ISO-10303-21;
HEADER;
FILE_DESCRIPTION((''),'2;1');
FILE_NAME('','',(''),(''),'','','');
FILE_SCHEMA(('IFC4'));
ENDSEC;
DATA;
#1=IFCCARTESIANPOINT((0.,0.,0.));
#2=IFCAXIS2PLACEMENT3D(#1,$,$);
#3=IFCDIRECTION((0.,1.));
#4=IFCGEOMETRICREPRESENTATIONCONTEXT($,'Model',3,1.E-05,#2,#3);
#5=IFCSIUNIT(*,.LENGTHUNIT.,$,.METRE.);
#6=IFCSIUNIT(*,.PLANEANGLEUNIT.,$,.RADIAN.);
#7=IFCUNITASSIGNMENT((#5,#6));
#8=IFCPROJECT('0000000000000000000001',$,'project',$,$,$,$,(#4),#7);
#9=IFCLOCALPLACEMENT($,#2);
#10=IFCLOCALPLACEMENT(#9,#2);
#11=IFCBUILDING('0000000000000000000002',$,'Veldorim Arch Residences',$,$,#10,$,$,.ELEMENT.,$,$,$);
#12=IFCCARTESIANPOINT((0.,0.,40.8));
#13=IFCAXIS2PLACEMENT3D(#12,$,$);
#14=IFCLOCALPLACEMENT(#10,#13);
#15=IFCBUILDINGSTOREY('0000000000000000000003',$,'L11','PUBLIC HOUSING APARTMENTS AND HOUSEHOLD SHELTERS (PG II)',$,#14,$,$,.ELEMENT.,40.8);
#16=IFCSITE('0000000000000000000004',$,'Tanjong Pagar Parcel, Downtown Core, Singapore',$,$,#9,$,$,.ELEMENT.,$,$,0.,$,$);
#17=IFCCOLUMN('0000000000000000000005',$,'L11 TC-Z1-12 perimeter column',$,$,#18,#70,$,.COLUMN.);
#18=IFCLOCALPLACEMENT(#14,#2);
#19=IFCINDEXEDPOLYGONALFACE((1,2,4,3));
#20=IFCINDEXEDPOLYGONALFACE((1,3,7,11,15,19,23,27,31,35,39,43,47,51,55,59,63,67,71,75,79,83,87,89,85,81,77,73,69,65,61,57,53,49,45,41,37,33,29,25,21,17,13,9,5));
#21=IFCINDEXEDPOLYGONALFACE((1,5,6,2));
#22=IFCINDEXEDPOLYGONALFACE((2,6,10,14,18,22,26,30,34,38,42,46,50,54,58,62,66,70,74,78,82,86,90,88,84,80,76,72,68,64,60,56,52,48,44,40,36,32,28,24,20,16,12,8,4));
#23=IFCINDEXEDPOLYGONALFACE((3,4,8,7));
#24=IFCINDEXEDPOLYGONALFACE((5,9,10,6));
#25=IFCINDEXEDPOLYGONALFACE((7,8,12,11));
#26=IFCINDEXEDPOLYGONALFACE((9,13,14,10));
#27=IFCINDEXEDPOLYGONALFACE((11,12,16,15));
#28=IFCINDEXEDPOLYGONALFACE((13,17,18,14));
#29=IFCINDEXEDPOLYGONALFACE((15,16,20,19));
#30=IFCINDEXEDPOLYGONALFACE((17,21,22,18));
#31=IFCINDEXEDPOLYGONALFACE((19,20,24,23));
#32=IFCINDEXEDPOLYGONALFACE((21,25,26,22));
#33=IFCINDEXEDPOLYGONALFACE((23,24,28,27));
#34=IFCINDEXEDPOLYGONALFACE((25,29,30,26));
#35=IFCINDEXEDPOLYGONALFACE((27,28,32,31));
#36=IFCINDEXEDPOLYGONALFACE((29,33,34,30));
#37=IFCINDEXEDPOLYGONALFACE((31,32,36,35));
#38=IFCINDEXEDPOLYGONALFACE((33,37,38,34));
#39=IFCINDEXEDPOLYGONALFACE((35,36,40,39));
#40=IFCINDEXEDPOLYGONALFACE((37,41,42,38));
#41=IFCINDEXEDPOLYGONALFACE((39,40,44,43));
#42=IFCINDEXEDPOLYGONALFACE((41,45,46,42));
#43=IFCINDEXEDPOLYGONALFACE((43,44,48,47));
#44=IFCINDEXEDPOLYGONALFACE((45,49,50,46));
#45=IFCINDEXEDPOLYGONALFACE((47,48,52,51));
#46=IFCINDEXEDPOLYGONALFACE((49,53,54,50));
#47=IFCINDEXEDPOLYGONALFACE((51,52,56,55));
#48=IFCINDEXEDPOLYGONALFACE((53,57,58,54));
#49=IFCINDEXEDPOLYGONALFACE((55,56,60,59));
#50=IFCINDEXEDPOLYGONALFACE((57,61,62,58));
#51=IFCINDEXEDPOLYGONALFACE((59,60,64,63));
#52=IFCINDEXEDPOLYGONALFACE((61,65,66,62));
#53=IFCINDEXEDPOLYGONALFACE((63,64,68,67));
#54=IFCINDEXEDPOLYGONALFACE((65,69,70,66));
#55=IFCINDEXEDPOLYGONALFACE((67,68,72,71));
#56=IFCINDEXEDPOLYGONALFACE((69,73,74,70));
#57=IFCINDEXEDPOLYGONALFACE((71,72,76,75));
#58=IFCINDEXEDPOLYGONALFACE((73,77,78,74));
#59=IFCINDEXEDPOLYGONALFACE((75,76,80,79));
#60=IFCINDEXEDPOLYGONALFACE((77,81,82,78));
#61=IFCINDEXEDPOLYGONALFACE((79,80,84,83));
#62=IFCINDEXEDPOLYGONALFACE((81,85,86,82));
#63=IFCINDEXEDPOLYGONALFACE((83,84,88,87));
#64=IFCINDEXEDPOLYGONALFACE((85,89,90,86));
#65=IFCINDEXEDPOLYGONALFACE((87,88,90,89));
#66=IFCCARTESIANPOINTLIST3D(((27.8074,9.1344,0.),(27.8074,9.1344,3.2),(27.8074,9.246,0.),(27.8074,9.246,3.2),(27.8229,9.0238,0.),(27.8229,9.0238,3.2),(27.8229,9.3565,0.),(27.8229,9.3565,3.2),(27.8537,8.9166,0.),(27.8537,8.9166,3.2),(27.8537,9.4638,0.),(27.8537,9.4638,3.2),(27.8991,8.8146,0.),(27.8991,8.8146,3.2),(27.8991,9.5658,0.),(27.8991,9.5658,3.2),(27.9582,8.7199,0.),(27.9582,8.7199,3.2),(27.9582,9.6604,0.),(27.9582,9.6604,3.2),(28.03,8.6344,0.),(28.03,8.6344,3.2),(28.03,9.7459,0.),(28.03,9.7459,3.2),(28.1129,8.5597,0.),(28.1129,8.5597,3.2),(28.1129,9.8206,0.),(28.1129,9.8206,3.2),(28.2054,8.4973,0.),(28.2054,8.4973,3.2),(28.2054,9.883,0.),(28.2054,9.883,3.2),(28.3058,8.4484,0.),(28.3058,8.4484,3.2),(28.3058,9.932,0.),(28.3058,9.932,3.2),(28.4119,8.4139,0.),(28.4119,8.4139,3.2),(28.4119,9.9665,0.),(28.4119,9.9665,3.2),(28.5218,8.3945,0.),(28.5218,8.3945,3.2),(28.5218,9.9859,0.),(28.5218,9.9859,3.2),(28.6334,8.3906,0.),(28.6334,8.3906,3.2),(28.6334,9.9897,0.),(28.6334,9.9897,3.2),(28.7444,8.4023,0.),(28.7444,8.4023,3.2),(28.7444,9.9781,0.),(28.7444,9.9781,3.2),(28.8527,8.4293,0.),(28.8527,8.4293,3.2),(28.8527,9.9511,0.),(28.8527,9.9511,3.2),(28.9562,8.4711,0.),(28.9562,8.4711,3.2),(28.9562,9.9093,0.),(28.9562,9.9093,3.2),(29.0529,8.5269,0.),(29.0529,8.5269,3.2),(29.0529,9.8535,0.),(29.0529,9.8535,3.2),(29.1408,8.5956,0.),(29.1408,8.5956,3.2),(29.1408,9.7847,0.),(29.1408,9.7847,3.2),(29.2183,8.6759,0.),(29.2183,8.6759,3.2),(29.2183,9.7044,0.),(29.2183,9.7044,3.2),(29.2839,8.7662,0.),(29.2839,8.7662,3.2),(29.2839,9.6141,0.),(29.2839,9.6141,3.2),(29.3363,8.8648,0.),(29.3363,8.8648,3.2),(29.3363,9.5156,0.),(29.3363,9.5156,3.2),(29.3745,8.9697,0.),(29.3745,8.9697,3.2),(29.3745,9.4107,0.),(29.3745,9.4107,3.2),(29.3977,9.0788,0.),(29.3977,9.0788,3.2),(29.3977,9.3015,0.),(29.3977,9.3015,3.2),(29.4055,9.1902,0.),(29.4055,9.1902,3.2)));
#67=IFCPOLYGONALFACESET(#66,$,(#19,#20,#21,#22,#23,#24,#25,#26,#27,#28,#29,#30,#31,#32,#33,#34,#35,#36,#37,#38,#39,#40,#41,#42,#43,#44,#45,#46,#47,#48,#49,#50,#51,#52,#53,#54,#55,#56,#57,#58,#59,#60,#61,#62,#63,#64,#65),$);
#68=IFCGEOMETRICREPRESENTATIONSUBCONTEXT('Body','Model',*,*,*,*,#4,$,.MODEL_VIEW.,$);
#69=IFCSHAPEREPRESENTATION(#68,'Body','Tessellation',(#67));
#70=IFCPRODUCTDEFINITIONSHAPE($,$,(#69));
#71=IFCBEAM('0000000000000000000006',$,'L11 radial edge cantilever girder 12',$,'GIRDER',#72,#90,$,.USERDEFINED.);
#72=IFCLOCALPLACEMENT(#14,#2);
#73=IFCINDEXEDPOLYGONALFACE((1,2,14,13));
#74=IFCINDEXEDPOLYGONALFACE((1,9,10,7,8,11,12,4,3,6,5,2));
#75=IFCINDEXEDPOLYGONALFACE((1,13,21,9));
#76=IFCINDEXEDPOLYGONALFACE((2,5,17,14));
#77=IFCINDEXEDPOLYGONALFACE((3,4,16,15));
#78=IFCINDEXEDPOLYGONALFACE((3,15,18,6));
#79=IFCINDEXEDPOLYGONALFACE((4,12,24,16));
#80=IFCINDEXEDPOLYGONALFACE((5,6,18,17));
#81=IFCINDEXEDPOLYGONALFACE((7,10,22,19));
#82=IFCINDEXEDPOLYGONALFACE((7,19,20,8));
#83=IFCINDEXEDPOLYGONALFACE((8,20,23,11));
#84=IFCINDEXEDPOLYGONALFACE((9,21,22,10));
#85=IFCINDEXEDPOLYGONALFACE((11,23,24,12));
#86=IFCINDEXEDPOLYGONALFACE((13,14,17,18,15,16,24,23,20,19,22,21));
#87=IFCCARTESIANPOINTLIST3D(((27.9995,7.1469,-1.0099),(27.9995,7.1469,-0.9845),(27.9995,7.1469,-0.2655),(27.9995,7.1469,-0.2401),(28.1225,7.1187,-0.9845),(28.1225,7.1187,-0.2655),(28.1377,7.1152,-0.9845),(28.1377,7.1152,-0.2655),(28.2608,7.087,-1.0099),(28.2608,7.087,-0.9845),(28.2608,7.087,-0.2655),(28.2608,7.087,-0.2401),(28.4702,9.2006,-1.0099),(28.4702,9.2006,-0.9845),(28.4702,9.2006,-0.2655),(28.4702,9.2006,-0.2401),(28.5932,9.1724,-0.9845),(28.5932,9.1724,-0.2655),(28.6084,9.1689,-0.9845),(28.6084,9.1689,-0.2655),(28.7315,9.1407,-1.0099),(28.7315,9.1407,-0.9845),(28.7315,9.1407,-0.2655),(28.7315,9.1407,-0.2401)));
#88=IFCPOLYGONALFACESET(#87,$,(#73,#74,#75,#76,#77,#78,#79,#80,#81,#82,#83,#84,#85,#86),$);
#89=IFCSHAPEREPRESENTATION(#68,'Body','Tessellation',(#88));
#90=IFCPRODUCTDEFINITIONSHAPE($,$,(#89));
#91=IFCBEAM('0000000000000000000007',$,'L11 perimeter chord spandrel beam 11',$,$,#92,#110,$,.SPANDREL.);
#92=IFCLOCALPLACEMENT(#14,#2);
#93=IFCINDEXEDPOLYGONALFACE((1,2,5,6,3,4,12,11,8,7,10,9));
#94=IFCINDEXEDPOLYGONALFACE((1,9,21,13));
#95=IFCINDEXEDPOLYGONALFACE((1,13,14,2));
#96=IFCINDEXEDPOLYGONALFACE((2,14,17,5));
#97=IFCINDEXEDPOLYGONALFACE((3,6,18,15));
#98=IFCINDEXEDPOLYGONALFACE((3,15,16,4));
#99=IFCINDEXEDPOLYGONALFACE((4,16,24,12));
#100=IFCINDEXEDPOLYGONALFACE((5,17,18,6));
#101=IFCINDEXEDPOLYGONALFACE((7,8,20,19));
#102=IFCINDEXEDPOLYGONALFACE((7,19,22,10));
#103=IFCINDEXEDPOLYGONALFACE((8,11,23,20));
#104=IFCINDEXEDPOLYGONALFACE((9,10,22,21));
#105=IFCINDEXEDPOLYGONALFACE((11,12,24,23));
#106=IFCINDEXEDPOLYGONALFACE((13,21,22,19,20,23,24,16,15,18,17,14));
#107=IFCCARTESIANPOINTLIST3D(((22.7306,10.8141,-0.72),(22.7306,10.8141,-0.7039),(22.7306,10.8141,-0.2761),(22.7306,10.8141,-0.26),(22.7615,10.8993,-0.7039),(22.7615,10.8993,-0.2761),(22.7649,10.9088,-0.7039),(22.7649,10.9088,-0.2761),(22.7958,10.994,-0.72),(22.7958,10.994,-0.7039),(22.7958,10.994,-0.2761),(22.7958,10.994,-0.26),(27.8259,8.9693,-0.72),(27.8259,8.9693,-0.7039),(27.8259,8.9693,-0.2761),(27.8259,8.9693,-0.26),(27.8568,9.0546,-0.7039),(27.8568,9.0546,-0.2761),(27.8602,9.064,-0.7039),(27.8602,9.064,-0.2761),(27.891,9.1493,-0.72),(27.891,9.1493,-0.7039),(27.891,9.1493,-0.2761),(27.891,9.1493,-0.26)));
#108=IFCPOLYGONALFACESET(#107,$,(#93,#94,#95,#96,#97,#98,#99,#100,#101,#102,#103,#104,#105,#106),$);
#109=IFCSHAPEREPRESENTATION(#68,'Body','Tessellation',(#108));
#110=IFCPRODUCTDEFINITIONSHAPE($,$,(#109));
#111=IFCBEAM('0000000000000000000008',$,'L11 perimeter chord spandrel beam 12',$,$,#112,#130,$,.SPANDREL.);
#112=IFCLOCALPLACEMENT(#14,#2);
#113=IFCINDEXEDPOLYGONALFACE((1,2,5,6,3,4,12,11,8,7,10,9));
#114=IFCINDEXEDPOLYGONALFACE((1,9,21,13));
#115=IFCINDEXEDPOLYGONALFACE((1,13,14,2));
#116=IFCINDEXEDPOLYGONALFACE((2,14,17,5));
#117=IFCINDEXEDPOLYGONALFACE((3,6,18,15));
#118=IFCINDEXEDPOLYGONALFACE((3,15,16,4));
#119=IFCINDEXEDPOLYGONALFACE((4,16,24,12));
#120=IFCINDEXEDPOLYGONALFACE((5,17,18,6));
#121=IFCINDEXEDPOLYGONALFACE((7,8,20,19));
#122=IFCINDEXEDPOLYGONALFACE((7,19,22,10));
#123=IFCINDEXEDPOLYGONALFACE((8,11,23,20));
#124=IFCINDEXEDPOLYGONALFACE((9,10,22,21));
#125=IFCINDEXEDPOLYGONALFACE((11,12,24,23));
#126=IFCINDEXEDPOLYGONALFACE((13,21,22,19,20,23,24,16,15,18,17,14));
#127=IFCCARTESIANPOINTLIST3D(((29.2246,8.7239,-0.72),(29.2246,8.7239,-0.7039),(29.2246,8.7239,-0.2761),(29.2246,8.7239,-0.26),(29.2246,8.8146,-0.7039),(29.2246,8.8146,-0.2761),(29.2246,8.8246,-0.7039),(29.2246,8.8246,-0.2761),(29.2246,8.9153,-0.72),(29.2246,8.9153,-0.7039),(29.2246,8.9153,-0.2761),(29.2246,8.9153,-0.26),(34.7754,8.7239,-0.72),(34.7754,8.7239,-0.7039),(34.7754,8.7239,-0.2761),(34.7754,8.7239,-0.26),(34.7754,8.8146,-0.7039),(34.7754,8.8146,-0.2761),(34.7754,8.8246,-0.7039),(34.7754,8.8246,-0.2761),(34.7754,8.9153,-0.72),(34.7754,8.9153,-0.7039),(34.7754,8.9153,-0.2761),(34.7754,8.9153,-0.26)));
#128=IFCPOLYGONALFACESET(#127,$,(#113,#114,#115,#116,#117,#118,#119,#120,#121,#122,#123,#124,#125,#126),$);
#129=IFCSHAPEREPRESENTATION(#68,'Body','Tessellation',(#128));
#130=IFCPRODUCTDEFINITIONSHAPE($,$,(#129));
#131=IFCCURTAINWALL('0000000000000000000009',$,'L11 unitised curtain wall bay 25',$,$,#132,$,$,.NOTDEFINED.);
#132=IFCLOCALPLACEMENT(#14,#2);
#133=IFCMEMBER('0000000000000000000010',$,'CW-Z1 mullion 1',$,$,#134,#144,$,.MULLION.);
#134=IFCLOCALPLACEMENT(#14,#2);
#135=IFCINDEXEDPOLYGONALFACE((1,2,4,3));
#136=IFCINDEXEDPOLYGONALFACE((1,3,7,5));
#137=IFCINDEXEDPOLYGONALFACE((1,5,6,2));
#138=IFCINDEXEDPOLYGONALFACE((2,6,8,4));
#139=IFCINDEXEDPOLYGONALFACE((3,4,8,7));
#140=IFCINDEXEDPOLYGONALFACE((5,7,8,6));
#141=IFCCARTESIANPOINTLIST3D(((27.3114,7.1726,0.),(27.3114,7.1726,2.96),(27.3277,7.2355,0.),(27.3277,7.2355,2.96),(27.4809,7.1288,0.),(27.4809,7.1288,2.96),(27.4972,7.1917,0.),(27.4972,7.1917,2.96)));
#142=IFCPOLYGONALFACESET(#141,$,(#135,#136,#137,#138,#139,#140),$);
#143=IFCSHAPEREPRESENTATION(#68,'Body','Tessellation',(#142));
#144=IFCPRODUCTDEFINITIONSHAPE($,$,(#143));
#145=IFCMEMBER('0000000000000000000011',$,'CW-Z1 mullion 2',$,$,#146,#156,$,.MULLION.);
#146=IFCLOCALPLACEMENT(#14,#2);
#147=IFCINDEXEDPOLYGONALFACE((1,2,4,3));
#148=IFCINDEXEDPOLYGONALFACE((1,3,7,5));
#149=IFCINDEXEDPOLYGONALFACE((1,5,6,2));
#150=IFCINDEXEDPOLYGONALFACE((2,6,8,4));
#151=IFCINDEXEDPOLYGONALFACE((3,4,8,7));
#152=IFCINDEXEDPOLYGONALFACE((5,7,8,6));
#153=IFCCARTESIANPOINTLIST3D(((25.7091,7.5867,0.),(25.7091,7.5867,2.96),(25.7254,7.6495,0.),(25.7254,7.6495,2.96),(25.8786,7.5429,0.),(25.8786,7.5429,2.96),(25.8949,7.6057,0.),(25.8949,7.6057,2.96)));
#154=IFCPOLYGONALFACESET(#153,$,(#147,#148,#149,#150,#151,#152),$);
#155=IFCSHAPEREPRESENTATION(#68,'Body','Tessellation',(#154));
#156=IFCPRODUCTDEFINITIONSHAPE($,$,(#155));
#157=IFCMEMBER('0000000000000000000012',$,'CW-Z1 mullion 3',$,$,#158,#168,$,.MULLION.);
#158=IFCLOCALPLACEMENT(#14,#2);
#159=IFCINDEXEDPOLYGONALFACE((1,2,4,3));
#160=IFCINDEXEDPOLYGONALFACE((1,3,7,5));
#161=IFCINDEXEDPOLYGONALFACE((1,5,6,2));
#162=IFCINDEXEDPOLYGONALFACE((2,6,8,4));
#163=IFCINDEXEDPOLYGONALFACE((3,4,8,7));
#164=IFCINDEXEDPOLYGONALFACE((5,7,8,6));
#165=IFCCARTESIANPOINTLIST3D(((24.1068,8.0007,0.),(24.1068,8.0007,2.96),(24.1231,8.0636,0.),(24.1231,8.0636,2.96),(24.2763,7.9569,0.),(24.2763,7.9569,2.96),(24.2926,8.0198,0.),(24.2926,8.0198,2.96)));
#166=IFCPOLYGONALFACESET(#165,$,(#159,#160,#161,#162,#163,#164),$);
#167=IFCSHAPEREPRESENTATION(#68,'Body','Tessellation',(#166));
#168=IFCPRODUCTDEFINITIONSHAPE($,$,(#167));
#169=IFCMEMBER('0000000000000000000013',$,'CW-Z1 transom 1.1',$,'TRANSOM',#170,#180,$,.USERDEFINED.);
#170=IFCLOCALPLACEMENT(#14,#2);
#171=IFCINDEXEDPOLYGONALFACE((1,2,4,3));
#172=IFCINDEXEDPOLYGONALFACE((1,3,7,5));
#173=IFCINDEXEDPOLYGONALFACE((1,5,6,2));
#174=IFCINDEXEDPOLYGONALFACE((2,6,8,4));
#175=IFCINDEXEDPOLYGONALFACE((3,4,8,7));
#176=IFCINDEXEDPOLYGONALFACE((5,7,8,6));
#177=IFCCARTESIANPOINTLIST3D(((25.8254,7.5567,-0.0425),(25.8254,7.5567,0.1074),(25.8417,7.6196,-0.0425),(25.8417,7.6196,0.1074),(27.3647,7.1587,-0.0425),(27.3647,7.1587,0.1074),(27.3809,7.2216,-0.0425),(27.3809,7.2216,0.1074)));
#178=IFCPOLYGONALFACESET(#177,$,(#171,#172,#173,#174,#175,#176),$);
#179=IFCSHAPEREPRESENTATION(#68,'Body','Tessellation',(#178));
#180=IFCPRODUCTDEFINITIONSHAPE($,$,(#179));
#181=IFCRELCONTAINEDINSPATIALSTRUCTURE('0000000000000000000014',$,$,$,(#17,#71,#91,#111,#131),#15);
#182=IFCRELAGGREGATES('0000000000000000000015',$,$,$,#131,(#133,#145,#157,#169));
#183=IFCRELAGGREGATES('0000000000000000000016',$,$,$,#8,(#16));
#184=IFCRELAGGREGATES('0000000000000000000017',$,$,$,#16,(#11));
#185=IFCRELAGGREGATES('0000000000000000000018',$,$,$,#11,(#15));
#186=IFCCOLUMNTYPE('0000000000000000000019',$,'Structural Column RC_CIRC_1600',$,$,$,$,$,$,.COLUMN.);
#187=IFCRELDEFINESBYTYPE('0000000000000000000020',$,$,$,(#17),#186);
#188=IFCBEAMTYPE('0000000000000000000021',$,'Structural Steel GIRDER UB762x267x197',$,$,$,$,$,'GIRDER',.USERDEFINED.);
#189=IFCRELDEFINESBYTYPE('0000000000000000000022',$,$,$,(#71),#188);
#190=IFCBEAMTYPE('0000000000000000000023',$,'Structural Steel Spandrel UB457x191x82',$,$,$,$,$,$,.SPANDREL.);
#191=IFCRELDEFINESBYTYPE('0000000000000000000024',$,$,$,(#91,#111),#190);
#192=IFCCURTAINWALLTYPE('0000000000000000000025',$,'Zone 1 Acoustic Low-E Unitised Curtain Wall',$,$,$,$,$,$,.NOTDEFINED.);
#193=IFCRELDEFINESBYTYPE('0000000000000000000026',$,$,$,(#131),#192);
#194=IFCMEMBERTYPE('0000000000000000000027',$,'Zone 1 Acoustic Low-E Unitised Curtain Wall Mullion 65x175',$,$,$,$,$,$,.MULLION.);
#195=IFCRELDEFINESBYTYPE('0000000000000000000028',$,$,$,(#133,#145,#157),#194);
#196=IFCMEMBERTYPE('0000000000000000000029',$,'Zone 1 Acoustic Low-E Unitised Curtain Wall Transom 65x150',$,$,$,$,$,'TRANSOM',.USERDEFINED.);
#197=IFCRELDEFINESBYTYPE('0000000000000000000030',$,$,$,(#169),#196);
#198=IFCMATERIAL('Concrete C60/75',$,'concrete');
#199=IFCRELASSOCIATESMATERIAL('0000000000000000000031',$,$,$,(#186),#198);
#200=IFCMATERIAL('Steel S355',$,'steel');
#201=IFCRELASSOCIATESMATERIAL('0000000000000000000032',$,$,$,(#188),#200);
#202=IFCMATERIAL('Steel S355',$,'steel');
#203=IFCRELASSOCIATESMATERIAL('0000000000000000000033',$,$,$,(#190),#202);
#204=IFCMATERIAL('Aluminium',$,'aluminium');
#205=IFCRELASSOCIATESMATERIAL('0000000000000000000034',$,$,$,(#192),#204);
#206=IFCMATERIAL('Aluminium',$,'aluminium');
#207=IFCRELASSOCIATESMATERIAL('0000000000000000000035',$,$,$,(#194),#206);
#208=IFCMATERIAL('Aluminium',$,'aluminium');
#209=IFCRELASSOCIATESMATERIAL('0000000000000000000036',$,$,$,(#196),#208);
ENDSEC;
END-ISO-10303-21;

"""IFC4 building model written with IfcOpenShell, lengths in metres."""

from ifc_helpers import new_model, si_unit, direction, frame, origin, origin_2d, place, context, subcontext, project, spatial, rectangle, circle, i_section, extrude, material, material_profile, profile_set, type_object, element, aggregate, save


model = new_model("IFC4")

# Units and contexts
model_context = context("Model", 3, precision=1e-05, world=origin(), true_north=direction((0.0, 1.0)))
body_context = subcontext(model_context, "Body", "Model", "MODEL_VIEW")
ifc_project = project(units=[si_unit("LENGTHUNIT", "METRE"), si_unit("PLANEANGLEUNIT", "RADIAN")], contexts=[model_context])

# Site, building, storey
site_placement = place(None, origin())
site = spatial("IfcSite", under=ifc_project, at=site_placement, Name="Tanjong Pagar Parcel, Downtown Core, Singapore", CompositionType="ELEMENT", RefElevation=0.0)
building_placement = place(site_placement, origin())
building = spatial("IfcBuilding", under=site, at=building_placement, Name="Veldorim Arch Residences", CompositionType="ELEMENT")
storey_placement = place(building_placement, frame((0.0, 0.0, 40.8)))
storey = spatial("IfcBuildingStorey", under=building, at=storey_placement, Name="L11", Description="PUBLIC HOUSING APARTMENTS AND HOUSEHOLD SHELTERS (PG II)", CompositionType="ELEMENT", Elevation=40.8)

# Column
ifc_material_1 = material(Name="Concrete C60/75", Category="concrete")
ifc_material_profile_1 = material_profile(ifc_material_1, circle(Radius=0.8, at=origin_2d()), Name="RC_CIRC_1600")
ifc_profile_set_1 = profile_set([ifc_material_profile_1], Name="Concrete C60/75")
column_type = type_object("IfcColumnType", Name="Structural Column RC_CIRC_1600", PredefinedType="COLUMN", material=ifc_profile_set_1)
column_placement = place(storey_placement, frame((28.6055, 9.1902, 0.0), z_axis=(0.0, 0.0, 1.0), x_axis=(1.0, 0.0, 0.0)))
element("IfcColumn", 1, at=column_placement, inside=storey, type_object=column_type, Name="L11 TC-Z1-12 perimeter column", PredefinedType="COLUMN", context=body_context, shape_type="SweptSolid", body=[
    extrude(circle(Radius=0.8, at=origin_2d()), origin(), (0.0, 0.0, 1.0), 3.2),
])

# Beams
ifc_material_2 = material(Name="Steel S355", Category="steel")
ifc_material_profile_2 = material_profile(ifc_material_2, i_section(OverallWidth=0.2681, OverallDepth=0.7698, WebThickness=0.0156, FlangeThickness=0.0254, at=origin_2d()), Name="UB762x267x197")
ifc_profile_set_2 = profile_set([ifc_material_profile_2], Name="Steel S355")
beam_type_1 = type_object("IfcBeamType", Name="Structural Steel GIRDER UB762x267x197", ElementType="GIRDER", PredefinedType="USERDEFINED", material=ifc_profile_set_2)
beam_1_placement = place(storey_placement, frame((28.6008, 9.1707, -0.625), z_axis=(-0.223404, -0.974726, 0.0), x_axis=(0.974726, -0.223404, 0.0)))
element("IfcBeam", 2, at=beam_1_placement, inside=storey, type_object=beam_type_1, Name="L11 radial edge cantilever girder 12", ObjectType="GIRDER", PredefinedType="USERDEFINED", context=body_context, shape_type="SweptSolid", body=[
    extrude(i_section(OverallWidth=0.2681, OverallDepth=0.7698, WebThickness=0.0156, FlangeThickness=0.0254, at=origin_2d()), origin(), (0.0, 0.0, 1.0), 2.1069),
])
ifc_material_3 = material(Name="Steel S355", Category="steel")
ifc_material_profile_3 = material_profile(ifc_material_3, i_section(OverallWidth=0.1914, OverallDepth=0.46, WebThickness=0.01, FlangeThickness=0.0161, at=origin_2d()), Name="UB457x191x82")
ifc_profile_set_3 = profile_set([ifc_material_profile_3], Name="Steel S355")
beam_type_2 = type_object("IfcBeamType", Name="Structural Steel Spandrel UB457x191x82", PredefinedType="SPANDREL", material=ifc_profile_set_3)
beam_2_placement = place(storey_placement, frame((22.7632, 10.9041, -0.49), z_axis=(0.940271, -0.340426, 0.0), x_axis=(0.340426, 0.940271, 0.0)))
element("IfcBeam", 3, at=beam_2_placement, inside=storey, type_object=beam_type_2, Name="L11 perimeter chord spandrel beam 11", PredefinedType="SPANDREL", context=body_context, shape_type="SweptSolid", body=[
    extrude(i_section(OverallWidth=0.1914, OverallDepth=0.46, WebThickness=0.01, FlangeThickness=0.0161, at=origin_2d()), origin(), (0.0, 0.0, 1.0), 5.4189),
])
beam_3_placement = place(storey_placement, frame((29.2246, 8.8196, -0.49), z_axis=(1.0, 0.0, 0.0), x_axis=(0.0, 1.0, 0.0)))
element("IfcBeam", 4, at=beam_3_placement, inside=storey, type_object=beam_type_2, Name="L11 perimeter chord spandrel beam 12", PredefinedType="SPANDREL", context=body_context, shape_type="SweptSolid", body=[
    extrude(i_section(OverallWidth=0.1914, OverallDepth=0.46, WebThickness=0.01, FlangeThickness=0.0161, at=origin_2d()), origin(), (0.0, 0.0, 1.0), 5.5508),
])

# Curtain wall, members
ifc_material_4 = material(Name="Aluminium", Category="aluminium")
curtain_wall_type = type_object("IfcCurtainWallType", Name="Zone 1 Acoustic Low-E Unitised Curtain Wall", PredefinedType="NOTDEFINED", material=ifc_material_4)
curtain_wall_placement = place(storey_placement, origin())
curtain_wall = element("IfcCurtainWall", 5, at=curtain_wall_placement, inside=storey, type_object=curtain_wall_type, Name="L11 unitised curtain wall bay 25", PredefinedType="NOTDEFINED")
ifc_material_5 = material(Name="Aluminium", Category="aluminium")
ifc_material_profile_4 = material_profile(ifc_material_5, rectangle(XDim=0.0649, YDim=0.175, at=origin_2d()), Name="ALU_MUL_65x175")
ifc_profile_set_4 = profile_set([ifc_material_profile_4], Name="Aluminium")
member_type_1 = type_object("IfcMemberType", Name="Zone 1 Acoustic Low-E Unitised Curtain Wall Mullion 65x175", PredefinedType="MULLION", material=ifc_profile_set_4)
member_1_placement = place(storey_placement, frame((27.4043, 7.1821, 0.0), z_axis=(0.0, 0.0, 1.0), x_axis=(-0.25026, -0.968179, 0.0)))
member_1 = element("IfcMember", 6, at=member_1_placement, type_object=member_type_1, Name="CW-Z1 mullion 1", PredefinedType="MULLION", context=body_context, shape_type="SweptSolid", body=[
    extrude(rectangle(XDim=0.0649, YDim=0.175, at=origin_2d()), origin(), (0.0, 0.0, 1.0), 2.96),
])
member_2_placement = place(storey_placement, frame((25.802, 7.5962, 0.0), z_axis=(0.0, 0.0, 1.0), x_axis=(-0.25026, -0.968179, 0.0)))
member_2 = element("IfcMember", 7, at=member_2_placement, type_object=member_type_1, Name="CW-Z1 mullion 2", PredefinedType="MULLION", context=body_context, shape_type="SweptSolid", body=[
    extrude(rectangle(XDim=0.0649, YDim=0.175, at=origin_2d()), origin(), (0.0, 0.0, 1.0), 2.96),
])
member_3_placement = place(storey_placement, frame((24.1997, 8.0103, 0.0), z_axis=(0.0, 0.0, 1.0), x_axis=(-0.25026, -0.968179, 0.0)))
member_3 = element("IfcMember", 8, at=member_3_placement, type_object=member_type_1, Name="CW-Z1 mullion 3", PredefinedType="MULLION", context=body_context, shape_type="SweptSolid", body=[
    extrude(rectangle(XDim=0.0649, YDim=0.175, at=origin_2d()), origin(), (0.0, 0.0, 1.0), 2.96),
])
ifc_material_6 = material(Name="Aluminium", Category="aluminium")
ifc_material_profile_5 = material_profile(ifc_material_6, rectangle(XDim=0.0649, YDim=0.1499, at=origin_2d()), Name="ALU_TRN_65x150")
ifc_profile_set_5 = profile_set([ifc_material_profile_5], Name="Aluminium")
member_type_2 = type_object("IfcMemberType", Name="Zone 1 Acoustic Low-E Unitised Curtain Wall Transom 65x150", ElementType="TRANSOM", PredefinedType="USERDEFINED", material=ifc_profile_set_5)
member_4_placement = place(storey_placement, frame((27.3728, 7.1902, 0.0325), z_axis=(-0.968169, 0.250296, 0.0), x_axis=(-0.250296, -0.968169, 0.0)))
member_4 = element("IfcMember", 9, at=member_4_placement, type_object=member_type_2, Name="CW-Z1 transom 1.1", ObjectType="TRANSOM", PredefinedType="USERDEFINED", context=body_context, shape_type="SweptSolid", body=[
    extrude(rectangle(XDim=0.0649, YDim=0.1499, at=origin_2d()), origin(), (0.0, 0.0, 1.0), 1.5898),
])
aggregate(curtain_wall, [member_1, member_2, member_3, member_4])

save(model, "model.ifc")
